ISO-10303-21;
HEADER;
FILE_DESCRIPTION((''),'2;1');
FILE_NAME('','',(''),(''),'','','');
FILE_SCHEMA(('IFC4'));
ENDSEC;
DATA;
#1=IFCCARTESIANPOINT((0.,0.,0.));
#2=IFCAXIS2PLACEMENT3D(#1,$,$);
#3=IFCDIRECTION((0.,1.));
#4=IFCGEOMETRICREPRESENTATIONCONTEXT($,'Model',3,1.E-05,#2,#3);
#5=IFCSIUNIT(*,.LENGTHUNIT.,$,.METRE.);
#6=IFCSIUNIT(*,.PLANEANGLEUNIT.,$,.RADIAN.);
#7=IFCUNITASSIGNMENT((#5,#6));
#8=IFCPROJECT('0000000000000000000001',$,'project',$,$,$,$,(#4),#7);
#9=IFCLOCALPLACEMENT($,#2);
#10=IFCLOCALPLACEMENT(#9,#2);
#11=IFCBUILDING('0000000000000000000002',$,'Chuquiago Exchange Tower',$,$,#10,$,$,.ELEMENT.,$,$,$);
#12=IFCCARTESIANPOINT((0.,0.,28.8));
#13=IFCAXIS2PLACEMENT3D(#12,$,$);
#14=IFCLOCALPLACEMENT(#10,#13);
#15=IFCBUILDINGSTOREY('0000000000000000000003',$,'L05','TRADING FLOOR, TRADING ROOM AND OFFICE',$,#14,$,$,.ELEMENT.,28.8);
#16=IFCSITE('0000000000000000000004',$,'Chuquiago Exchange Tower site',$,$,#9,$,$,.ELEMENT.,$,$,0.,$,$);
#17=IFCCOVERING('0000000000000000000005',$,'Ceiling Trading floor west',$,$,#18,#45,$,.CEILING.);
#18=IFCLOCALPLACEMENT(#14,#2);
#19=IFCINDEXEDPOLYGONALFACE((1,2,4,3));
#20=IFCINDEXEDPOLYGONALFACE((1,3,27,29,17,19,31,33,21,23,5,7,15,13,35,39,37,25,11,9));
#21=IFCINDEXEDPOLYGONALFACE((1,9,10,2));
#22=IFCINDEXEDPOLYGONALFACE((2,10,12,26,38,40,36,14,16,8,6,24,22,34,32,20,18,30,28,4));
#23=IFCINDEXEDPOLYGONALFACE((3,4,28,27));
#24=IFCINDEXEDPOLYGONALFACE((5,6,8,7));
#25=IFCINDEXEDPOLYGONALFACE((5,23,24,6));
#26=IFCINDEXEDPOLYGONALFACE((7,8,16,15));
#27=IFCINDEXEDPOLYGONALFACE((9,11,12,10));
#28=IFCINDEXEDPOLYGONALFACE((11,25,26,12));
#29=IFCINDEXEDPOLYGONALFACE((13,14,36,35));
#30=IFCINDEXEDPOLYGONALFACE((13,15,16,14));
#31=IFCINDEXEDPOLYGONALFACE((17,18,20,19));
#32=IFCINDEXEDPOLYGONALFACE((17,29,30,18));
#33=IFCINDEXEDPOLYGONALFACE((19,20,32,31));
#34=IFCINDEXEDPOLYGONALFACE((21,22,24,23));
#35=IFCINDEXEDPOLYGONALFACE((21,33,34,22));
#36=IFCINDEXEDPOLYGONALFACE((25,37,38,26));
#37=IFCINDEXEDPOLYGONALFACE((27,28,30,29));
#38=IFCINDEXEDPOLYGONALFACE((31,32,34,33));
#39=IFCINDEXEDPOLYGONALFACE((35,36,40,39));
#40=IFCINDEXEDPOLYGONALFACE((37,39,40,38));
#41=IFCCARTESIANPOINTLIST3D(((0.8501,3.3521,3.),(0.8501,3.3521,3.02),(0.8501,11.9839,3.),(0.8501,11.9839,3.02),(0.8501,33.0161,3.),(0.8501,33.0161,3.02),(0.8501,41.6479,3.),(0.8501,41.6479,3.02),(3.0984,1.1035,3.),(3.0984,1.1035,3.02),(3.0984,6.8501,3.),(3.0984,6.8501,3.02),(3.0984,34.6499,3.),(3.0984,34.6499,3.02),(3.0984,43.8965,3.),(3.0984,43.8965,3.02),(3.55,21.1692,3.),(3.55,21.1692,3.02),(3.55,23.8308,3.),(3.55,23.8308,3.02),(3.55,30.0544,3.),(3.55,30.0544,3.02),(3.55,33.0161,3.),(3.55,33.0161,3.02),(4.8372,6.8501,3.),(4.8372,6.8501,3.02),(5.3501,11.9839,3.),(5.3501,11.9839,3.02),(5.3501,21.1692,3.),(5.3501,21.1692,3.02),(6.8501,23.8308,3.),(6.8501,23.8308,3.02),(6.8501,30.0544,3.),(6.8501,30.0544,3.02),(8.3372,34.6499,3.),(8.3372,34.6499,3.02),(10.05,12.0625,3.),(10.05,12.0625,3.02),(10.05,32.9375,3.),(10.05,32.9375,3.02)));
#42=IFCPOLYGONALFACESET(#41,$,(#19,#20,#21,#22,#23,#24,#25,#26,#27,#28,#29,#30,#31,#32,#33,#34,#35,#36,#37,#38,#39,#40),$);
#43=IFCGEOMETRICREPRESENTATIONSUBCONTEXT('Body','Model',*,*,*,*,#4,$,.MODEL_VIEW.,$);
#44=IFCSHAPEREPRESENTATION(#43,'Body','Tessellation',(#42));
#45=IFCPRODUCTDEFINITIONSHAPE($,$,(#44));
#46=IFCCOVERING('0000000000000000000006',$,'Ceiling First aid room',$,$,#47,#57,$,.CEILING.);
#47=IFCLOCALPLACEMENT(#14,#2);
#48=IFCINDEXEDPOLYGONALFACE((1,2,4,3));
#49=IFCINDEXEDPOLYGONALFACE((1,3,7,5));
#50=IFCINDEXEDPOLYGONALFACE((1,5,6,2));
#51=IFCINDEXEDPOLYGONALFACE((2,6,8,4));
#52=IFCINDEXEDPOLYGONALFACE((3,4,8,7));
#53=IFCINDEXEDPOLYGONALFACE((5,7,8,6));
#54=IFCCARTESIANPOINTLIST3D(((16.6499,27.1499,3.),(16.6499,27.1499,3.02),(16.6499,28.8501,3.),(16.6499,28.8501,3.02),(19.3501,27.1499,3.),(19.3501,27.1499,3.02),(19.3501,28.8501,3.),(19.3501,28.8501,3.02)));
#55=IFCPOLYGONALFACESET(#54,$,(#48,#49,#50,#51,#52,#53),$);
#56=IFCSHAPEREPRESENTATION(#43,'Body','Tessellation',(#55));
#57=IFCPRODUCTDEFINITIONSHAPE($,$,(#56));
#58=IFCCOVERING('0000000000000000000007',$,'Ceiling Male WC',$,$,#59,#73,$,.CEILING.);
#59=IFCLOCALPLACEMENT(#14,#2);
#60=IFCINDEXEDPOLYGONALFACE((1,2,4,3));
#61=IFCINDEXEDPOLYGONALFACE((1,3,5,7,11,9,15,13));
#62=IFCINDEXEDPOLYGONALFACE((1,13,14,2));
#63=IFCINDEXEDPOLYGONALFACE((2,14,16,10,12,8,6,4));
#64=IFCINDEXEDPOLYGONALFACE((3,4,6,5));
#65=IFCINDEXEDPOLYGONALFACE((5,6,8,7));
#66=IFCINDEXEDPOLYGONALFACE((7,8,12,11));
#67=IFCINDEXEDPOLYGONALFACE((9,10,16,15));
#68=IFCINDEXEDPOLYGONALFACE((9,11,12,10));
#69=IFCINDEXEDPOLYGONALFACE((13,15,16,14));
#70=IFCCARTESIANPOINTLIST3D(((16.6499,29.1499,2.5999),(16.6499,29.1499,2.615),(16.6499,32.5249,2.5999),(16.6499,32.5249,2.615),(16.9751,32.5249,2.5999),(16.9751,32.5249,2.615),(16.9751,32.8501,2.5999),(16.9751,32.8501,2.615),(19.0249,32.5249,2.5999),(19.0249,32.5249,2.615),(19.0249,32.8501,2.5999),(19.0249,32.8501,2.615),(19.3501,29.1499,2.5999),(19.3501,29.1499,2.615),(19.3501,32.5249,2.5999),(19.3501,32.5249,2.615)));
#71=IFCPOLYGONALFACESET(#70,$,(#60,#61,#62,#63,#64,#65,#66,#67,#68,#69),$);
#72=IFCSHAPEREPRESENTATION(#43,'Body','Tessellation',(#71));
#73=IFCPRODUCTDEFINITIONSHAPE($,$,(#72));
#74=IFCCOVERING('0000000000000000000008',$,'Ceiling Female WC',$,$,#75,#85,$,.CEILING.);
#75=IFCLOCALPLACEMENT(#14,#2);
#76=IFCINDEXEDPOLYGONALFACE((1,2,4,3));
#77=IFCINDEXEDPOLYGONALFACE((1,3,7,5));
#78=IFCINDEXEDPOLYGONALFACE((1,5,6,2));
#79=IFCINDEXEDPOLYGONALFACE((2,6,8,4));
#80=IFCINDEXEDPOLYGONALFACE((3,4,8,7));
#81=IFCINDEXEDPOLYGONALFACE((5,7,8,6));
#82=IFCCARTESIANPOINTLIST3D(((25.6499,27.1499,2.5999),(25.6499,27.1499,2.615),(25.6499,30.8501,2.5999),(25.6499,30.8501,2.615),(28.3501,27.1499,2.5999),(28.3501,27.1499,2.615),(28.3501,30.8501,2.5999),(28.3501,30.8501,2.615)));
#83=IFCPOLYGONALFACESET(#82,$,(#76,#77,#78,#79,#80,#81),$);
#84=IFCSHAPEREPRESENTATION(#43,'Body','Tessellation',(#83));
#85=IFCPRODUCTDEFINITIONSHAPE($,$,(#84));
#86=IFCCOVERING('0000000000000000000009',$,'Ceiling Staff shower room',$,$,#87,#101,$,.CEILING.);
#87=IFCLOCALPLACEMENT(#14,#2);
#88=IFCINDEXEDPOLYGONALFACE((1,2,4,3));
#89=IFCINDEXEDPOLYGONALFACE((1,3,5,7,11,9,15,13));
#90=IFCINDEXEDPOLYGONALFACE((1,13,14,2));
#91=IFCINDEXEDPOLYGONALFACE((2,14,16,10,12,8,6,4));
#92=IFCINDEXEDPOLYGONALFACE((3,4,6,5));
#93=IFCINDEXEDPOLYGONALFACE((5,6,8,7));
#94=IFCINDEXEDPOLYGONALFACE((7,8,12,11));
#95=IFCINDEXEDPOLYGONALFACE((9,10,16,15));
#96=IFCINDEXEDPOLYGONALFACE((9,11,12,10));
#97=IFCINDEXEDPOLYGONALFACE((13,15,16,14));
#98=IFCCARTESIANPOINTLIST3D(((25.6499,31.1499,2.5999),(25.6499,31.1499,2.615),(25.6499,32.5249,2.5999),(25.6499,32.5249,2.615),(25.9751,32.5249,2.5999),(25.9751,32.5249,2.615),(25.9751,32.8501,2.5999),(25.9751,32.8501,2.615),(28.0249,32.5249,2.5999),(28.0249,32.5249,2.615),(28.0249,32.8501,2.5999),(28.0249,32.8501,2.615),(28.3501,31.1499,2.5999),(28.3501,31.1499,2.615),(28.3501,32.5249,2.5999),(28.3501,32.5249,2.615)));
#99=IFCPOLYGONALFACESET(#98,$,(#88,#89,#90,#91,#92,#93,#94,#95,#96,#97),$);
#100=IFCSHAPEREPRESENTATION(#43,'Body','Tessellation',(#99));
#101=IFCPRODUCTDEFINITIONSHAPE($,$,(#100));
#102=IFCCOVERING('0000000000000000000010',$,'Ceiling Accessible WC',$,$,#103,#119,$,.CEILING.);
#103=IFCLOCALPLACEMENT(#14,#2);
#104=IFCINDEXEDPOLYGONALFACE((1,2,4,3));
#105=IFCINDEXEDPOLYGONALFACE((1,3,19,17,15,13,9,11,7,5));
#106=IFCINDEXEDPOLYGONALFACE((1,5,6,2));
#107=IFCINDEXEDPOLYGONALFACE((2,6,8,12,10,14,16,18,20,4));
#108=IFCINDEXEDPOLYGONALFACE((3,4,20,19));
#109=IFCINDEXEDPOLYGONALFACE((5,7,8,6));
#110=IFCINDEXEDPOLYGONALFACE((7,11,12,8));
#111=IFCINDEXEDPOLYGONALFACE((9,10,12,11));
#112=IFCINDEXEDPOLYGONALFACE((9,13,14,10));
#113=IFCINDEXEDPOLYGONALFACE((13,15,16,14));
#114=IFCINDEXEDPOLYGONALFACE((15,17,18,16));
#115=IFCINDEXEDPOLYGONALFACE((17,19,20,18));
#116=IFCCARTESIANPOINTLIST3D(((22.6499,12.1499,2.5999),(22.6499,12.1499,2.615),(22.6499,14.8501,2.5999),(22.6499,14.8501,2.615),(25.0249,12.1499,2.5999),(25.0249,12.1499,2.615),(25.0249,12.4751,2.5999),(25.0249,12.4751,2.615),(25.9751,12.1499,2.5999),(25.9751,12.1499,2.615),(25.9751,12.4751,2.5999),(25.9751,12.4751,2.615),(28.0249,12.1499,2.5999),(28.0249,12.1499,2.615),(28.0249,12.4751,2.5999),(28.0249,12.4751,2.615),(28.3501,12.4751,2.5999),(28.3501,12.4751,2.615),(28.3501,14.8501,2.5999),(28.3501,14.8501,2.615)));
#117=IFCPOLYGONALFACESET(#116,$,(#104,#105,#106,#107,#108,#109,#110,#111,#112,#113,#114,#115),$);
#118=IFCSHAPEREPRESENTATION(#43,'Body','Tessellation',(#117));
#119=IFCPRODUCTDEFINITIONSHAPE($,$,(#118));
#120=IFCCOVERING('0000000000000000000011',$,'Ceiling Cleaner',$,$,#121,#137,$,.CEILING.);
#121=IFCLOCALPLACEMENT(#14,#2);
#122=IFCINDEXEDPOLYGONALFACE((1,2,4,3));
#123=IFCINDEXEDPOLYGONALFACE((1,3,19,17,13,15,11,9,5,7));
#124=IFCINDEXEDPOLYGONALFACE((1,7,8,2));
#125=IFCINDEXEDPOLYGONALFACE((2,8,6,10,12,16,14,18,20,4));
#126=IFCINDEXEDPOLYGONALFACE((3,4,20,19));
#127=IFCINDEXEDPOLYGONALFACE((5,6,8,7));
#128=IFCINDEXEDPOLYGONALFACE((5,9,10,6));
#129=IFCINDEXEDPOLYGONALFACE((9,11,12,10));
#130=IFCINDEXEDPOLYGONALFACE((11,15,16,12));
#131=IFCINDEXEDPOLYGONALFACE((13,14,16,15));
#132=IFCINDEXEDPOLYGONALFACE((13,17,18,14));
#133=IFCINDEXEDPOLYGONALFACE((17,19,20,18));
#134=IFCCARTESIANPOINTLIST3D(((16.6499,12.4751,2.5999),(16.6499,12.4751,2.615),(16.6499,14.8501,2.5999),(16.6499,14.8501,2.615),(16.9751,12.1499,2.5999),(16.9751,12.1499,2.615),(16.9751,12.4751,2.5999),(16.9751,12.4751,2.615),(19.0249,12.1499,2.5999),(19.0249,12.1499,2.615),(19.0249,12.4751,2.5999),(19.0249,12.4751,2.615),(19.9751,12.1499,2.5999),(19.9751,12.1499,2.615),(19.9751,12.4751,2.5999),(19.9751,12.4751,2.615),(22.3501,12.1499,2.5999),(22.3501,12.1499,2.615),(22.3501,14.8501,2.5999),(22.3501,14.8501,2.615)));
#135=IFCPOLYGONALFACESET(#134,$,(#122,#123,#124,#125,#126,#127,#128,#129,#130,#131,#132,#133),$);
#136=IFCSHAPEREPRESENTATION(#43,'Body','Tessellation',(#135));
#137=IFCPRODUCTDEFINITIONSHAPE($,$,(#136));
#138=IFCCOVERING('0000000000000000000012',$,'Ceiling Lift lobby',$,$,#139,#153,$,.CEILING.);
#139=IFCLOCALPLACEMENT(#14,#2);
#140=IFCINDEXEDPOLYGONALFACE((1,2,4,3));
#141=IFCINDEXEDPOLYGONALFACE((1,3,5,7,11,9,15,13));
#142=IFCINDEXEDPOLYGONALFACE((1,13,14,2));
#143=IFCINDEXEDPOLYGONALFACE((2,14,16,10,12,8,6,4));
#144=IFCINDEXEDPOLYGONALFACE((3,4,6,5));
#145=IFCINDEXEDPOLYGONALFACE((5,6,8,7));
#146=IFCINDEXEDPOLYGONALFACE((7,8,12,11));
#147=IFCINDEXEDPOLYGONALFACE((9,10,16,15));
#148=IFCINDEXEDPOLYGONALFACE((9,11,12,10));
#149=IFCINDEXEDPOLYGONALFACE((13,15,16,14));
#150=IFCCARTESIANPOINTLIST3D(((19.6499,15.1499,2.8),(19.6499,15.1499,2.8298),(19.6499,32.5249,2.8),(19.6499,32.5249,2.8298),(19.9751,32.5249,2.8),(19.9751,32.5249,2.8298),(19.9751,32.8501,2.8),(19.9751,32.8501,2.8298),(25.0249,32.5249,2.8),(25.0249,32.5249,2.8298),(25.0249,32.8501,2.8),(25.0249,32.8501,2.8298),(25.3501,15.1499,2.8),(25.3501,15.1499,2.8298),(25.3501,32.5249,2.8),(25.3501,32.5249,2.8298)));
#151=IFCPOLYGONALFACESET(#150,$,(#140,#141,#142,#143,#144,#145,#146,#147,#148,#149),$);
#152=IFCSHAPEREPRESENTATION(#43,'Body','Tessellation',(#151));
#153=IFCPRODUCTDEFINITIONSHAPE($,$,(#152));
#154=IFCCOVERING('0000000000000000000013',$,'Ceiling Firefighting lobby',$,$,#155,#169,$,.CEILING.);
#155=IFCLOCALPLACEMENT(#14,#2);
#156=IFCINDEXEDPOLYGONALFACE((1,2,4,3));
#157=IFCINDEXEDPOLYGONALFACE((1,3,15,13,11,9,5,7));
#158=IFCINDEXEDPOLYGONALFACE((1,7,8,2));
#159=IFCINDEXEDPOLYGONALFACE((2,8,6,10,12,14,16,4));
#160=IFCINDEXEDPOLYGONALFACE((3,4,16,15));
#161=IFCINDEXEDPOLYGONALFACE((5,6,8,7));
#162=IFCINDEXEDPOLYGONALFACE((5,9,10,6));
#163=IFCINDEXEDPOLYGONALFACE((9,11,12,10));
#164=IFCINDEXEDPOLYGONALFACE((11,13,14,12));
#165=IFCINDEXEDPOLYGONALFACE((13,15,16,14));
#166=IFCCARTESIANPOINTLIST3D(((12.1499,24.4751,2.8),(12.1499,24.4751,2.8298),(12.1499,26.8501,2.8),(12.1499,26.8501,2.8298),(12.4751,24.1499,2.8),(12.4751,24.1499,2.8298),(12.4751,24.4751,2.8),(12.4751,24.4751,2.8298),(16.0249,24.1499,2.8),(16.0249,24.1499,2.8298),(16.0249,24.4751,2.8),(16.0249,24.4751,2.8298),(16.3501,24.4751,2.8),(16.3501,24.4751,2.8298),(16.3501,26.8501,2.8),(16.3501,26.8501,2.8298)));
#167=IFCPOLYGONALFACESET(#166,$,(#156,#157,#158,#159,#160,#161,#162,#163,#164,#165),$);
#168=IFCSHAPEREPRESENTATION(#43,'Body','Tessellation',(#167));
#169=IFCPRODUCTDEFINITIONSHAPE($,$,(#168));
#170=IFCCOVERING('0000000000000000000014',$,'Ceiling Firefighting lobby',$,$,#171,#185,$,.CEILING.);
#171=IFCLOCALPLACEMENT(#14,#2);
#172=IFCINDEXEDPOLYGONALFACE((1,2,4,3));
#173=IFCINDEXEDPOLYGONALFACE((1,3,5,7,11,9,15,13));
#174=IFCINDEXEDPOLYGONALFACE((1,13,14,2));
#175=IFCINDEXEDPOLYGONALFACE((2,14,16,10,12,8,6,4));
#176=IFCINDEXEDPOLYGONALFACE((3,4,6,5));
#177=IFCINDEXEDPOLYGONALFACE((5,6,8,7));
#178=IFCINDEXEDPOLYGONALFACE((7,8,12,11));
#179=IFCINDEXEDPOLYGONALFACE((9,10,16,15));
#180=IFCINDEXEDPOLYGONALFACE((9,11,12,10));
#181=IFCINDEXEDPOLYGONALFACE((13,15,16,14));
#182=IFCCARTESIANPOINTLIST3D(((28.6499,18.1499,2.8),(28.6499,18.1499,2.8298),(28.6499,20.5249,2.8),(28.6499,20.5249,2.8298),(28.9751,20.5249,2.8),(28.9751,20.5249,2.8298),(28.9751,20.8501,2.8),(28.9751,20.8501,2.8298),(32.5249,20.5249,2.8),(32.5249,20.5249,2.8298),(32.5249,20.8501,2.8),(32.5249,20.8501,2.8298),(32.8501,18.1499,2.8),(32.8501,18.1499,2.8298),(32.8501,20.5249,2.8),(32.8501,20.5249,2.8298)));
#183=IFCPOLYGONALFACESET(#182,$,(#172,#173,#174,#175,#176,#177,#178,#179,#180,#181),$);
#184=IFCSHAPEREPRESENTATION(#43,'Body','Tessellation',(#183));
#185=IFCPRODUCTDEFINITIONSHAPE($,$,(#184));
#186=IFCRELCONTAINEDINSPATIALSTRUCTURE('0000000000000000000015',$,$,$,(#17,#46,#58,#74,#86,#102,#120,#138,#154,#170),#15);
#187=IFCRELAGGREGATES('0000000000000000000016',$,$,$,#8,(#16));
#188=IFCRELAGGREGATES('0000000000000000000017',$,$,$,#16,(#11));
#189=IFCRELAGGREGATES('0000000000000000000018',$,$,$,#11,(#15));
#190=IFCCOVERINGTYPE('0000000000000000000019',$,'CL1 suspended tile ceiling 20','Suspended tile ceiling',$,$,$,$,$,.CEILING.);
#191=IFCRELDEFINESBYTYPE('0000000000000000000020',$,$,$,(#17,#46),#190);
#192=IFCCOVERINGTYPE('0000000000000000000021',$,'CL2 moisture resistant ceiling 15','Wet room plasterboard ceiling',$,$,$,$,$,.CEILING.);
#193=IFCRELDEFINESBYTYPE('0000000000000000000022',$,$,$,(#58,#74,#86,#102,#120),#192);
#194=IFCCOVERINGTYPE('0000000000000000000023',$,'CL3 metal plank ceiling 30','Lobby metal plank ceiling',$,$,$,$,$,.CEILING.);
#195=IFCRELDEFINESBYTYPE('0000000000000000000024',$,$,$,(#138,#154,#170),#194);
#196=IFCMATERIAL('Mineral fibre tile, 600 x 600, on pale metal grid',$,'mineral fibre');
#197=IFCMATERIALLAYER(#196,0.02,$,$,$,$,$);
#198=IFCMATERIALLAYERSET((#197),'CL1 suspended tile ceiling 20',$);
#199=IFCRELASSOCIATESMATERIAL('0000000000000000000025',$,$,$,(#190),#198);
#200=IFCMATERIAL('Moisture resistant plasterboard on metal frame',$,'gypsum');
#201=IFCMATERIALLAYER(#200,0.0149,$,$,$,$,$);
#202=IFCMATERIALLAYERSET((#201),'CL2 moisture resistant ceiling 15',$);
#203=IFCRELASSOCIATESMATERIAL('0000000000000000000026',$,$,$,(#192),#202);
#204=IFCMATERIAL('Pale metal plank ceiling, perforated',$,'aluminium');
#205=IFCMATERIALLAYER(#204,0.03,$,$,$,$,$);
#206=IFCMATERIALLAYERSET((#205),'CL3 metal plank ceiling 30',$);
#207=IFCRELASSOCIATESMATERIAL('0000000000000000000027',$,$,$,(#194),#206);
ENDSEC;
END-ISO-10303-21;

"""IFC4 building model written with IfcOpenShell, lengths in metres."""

from ifc_helpers import new_model, si_unit, direction, frame, origin, place, context, subcontext, project, spatial, polyline, outline, extrude, material, layer, layer_set, type_object, element, save


model = new_model("IFC4")

# Units and contexts
model_context = context("Model", 3, precision=1e-05, world=origin(), true_north=direction((0.0, 1.0)))
body_context = subcontext(model_context, "Body", "Model", "MODEL_VIEW")
ifc_project = project(units=[si_unit("LENGTHUNIT", "METRE"), si_unit("PLANEANGLEUNIT", "RADIAN")], contexts=[model_context])

# Site, building, storey
site_placement = place(None, origin())
site = spatial("IfcSite", under=ifc_project, at=site_placement, Name="Chuquiago Exchange Tower site", CompositionType="ELEMENT", RefElevation=0.0)
building_placement = place(site_placement, origin())
building = spatial("IfcBuilding", under=site, at=building_placement, Name="Chuquiago Exchange Tower", CompositionType="ELEMENT")
storey_placement = place(building_placement, frame((0.0, 0.0, 28.8)))
storey = spatial("IfcBuildingStorey", under=building, at=storey_placement, Name="L05", Description="TRADING FLOOR, TRADING ROOM AND OFFICE", CompositionType="ELEMENT", Elevation=28.8)

# Coverings
ifc_material_1 = material(Name="Mineral fibre tile, 600 x 600, on pale metal grid", Category="mineral fibre")
ifc_layer_1 = layer(ifc_material_1, 0.02)
ifc_layer_set_1 = layer_set([ifc_layer_1], Name="CL1 suspended tile ceiling 20")
covering_type_1 = type_object("IfcCoveringType", Name="CL1 suspended tile ceiling 20", Description="Suspended tile ceiling", PredefinedType="CEILING", material=ifc_layer_set_1)
covering_1_placement = place(storey_placement, frame((0.0, 0.0, 3.0)))
element("IfcCovering", 1, at=covering_1_placement, inside=storey, type_object=covering_type_1, Name="Ceiling Trading floor west", PredefinedType="CEILING", context=body_context, shape_type="SweptSolid", body=[
    extrude(outline(polyline([(3.0984, 34.6499), (8.3372, 34.6499), (10.05, 32.9375), (10.05, 12.0625), (4.8372, 6.8501), (3.0984, 6.8501), (3.0984, 1.1035), (0.8501, 3.3521), (0.8501, 11.9839), (5.3501, 11.9839), (5.3501, 21.1692), (3.55, 21.1692), (3.55, 23.8308), (6.8501, 23.8308), (6.8501, 30.0544), (3.55, 30.0544), (3.55, 33.0161), (0.8501, 33.0161), (0.8501, 41.6479), (3.0984, 43.8965), (3.0984, 34.6499)])), origin(), (0.0, 0.0, 1.0), 0.02),
])
covering_2_placement = place(storey_placement, frame((0.0, 0.0, 3.0)))
element("IfcCovering", 2, at=covering_2_placement, inside=storey, type_object=covering_type_1, Name="Ceiling First aid room", PredefinedType="CEILING", context=body_context, shape_type="SweptSolid", body=[
    extrude(outline(polyline([(16.6499, 27.1499), (16.6499, 28.8501), (19.3501, 28.8501), (19.3501, 27.1499), (16.6499, 27.1499)])), origin(), (0.0, 0.0, 1.0), 0.02),
])
ifc_material_2 = material(Name="Moisture resistant plasterboard on metal frame", Category="gypsum")
ifc_layer_2 = layer(ifc_material_2, 0.0149)
ifc_layer_set_2 = layer_set([ifc_layer_2], Name="CL2 moisture resistant ceiling 15")
covering_type_2 = type_object("IfcCoveringType", Name="CL2 moisture resistant ceiling 15", Description="Wet room plasterboard ceiling", PredefinedType="CEILING", material=ifc_layer_set_2)
covering_3_placement = place(storey_placement, frame((0.0, 0.0, 2.5999)))
element("IfcCovering", 3, at=covering_3_placement, inside=storey, type_object=covering_type_2, Name="Ceiling Male WC", PredefinedType="CEILING", context=body_context, shape_type="SweptSolid", body=[
    extrude(outline(polyline([(16.6499, 29.1499), (16.6499, 32.5249), (16.9751, 32.5249), (16.9751, 32.8501), (19.0249, 32.8501), (19.0249, 32.5249), (19.3501, 32.5249), (19.3501, 29.1499), (16.6499, 29.1499)])), origin(), (0.0, 0.0, 1.0), 0.0151),
])
covering_4_placement = place(storey_placement, frame((0.0, 0.0, 2.5999)))
element("IfcCovering", 4, at=covering_4_placement, inside=storey, type_object=covering_type_2, Name="Ceiling Female WC", PredefinedType="CEILING", context=body_context, shape_type="SweptSolid", body=[
    extrude(outline(polyline([(25.6499, 27.1499), (25.6499, 30.8501), (28.3501, 30.8501), (28.3501, 27.1499), (25.6499, 27.1499)])), origin(), (0.0, 0.0, 1.0), 0.0151),
])
covering_5_placement = place(storey_placement, frame((0.0, 0.0, 2.5999)))
element("IfcCovering", 5, at=covering_5_placement, inside=storey, type_object=covering_type_2, Name="Ceiling Staff shower room", PredefinedType="CEILING", context=body_context, shape_type="SweptSolid", body=[
    extrude(outline(polyline([(25.6499, 31.1499), (25.6499, 32.5249), (25.9751, 32.5249), (25.9751, 32.8501), (28.0249, 32.8501), (28.0249, 32.5249), (28.3501, 32.5249), (28.3501, 31.1499), (25.6499, 31.1499)])), origin(), (0.0, 0.0, 1.0), 0.0151),
])
covering_6_placement = place(storey_placement, frame((0.0, 0.0, 2.5999)))
element("IfcCovering", 6, at=covering_6_placement, inside=storey, type_object=covering_type_2, Name="Ceiling Accessible WC", PredefinedType="CEILING", context=body_context, shape_type="SweptSolid", body=[
    extrude(outline(polyline([(25.9751, 12.1499), (25.9751, 12.4751), (25.0249, 12.4751), (25.0249, 12.1499), (22.6499, 12.1499), (22.6499, 14.8501), (28.3501, 14.8501), (28.3501, 12.4751), (28.0249, 12.4751), (28.0249, 12.1499), (25.9751, 12.1499)])), origin(), (0.0, 0.0, 1.0), 0.0151),
])
covering_7_placement = place(storey_placement, frame((0.0, 0.0, 2.5999)))
element("IfcCovering", 7, at=covering_7_placement, inside=storey, type_object=covering_type_2, Name="Ceiling Cleaner", PredefinedType="CEILING", context=body_context, shape_type="SweptSolid", body=[
    extrude(outline(polyline([(19.9751, 12.1499), (19.9751, 12.4751), (19.0249, 12.4751), (19.0249, 12.1499), (16.9751, 12.1499), (16.9751, 12.4751), (16.6499, 12.4751), (16.6499, 14.8501), (22.3501, 14.8501), (22.3501, 12.1499), (19.9751, 12.1499)])), origin(), (0.0, 0.0, 1.0), 0.0151),
])
ifc_material_3 = material(Name="Pale metal plank ceiling, perforated", Category="aluminium")
ifc_layer_3 = layer(ifc_material_3, 0.03)
ifc_layer_set_3 = layer_set([ifc_layer_3], Name="CL3 metal plank ceiling 30")
covering_type_3 = type_object("IfcCoveringType", Name="CL3 metal plank ceiling 30", Description="Lobby metal plank ceiling", PredefinedType="CEILING", material=ifc_layer_set_3)
covering_8_placement = place(storey_placement, frame((0.0, 0.0, 2.8)))
element("IfcCovering", 8, at=covering_8_placement, inside=storey, type_object=covering_type_3, Name="Ceiling Lift lobby", PredefinedType="CEILING", context=body_context, shape_type="SweptSolid", body=[
    extrude(outline(polyline([(19.6499, 15.1499), (19.6499, 32.5249), (19.9751, 32.5249), (19.9751, 32.8501), (25.0249, 32.8501), (25.0249, 32.5249), (25.3501, 32.5249), (25.3501, 15.1499), (19.6499, 15.1499)])), origin(), (0.0, 0.0, 1.0), 0.0298),
])
covering_9_placement = place(storey_placement, frame((0.0, 0.0, 2.8)))
element("IfcCovering", 9, at=covering_9_placement, inside=storey, type_object=covering_type_3, Name="Ceiling Firefighting lobby", PredefinedType="CEILING", context=body_context, shape_type="SweptSolid", body=[
    extrude(outline(polyline([(12.4751, 24.1499), (12.4751, 24.4751), (12.1499, 24.4751), (12.1499, 26.8501), (16.3501, 26.8501), (16.3501, 24.4751), (16.0249, 24.4751), (16.0249, 24.1499), (12.4751, 24.1499)])), origin(), (0.0, 0.0, 1.0), 0.0298),
])
covering_10_placement = place(storey_placement, frame((0.0, 0.0, 2.8)))
element("IfcCovering", 10, at=covering_10_placement, inside=storey, type_object=covering_type_3, Name="Ceiling Firefighting lobby", PredefinedType="CEILING", context=body_context, shape_type="SweptSolid", body=[
    extrude(outline(polyline([(28.6499, 18.1499), (28.6499, 20.5249), (28.9751, 20.5249), (28.9751, 20.8501), (32.5249, 20.8501), (32.5249, 20.5249), (32.8501, 20.5249), (32.8501, 18.1499), (28.6499, 18.1499)])), origin(), (0.0, 0.0, 1.0), 0.0298),
])

save(model, "model.ifc")
